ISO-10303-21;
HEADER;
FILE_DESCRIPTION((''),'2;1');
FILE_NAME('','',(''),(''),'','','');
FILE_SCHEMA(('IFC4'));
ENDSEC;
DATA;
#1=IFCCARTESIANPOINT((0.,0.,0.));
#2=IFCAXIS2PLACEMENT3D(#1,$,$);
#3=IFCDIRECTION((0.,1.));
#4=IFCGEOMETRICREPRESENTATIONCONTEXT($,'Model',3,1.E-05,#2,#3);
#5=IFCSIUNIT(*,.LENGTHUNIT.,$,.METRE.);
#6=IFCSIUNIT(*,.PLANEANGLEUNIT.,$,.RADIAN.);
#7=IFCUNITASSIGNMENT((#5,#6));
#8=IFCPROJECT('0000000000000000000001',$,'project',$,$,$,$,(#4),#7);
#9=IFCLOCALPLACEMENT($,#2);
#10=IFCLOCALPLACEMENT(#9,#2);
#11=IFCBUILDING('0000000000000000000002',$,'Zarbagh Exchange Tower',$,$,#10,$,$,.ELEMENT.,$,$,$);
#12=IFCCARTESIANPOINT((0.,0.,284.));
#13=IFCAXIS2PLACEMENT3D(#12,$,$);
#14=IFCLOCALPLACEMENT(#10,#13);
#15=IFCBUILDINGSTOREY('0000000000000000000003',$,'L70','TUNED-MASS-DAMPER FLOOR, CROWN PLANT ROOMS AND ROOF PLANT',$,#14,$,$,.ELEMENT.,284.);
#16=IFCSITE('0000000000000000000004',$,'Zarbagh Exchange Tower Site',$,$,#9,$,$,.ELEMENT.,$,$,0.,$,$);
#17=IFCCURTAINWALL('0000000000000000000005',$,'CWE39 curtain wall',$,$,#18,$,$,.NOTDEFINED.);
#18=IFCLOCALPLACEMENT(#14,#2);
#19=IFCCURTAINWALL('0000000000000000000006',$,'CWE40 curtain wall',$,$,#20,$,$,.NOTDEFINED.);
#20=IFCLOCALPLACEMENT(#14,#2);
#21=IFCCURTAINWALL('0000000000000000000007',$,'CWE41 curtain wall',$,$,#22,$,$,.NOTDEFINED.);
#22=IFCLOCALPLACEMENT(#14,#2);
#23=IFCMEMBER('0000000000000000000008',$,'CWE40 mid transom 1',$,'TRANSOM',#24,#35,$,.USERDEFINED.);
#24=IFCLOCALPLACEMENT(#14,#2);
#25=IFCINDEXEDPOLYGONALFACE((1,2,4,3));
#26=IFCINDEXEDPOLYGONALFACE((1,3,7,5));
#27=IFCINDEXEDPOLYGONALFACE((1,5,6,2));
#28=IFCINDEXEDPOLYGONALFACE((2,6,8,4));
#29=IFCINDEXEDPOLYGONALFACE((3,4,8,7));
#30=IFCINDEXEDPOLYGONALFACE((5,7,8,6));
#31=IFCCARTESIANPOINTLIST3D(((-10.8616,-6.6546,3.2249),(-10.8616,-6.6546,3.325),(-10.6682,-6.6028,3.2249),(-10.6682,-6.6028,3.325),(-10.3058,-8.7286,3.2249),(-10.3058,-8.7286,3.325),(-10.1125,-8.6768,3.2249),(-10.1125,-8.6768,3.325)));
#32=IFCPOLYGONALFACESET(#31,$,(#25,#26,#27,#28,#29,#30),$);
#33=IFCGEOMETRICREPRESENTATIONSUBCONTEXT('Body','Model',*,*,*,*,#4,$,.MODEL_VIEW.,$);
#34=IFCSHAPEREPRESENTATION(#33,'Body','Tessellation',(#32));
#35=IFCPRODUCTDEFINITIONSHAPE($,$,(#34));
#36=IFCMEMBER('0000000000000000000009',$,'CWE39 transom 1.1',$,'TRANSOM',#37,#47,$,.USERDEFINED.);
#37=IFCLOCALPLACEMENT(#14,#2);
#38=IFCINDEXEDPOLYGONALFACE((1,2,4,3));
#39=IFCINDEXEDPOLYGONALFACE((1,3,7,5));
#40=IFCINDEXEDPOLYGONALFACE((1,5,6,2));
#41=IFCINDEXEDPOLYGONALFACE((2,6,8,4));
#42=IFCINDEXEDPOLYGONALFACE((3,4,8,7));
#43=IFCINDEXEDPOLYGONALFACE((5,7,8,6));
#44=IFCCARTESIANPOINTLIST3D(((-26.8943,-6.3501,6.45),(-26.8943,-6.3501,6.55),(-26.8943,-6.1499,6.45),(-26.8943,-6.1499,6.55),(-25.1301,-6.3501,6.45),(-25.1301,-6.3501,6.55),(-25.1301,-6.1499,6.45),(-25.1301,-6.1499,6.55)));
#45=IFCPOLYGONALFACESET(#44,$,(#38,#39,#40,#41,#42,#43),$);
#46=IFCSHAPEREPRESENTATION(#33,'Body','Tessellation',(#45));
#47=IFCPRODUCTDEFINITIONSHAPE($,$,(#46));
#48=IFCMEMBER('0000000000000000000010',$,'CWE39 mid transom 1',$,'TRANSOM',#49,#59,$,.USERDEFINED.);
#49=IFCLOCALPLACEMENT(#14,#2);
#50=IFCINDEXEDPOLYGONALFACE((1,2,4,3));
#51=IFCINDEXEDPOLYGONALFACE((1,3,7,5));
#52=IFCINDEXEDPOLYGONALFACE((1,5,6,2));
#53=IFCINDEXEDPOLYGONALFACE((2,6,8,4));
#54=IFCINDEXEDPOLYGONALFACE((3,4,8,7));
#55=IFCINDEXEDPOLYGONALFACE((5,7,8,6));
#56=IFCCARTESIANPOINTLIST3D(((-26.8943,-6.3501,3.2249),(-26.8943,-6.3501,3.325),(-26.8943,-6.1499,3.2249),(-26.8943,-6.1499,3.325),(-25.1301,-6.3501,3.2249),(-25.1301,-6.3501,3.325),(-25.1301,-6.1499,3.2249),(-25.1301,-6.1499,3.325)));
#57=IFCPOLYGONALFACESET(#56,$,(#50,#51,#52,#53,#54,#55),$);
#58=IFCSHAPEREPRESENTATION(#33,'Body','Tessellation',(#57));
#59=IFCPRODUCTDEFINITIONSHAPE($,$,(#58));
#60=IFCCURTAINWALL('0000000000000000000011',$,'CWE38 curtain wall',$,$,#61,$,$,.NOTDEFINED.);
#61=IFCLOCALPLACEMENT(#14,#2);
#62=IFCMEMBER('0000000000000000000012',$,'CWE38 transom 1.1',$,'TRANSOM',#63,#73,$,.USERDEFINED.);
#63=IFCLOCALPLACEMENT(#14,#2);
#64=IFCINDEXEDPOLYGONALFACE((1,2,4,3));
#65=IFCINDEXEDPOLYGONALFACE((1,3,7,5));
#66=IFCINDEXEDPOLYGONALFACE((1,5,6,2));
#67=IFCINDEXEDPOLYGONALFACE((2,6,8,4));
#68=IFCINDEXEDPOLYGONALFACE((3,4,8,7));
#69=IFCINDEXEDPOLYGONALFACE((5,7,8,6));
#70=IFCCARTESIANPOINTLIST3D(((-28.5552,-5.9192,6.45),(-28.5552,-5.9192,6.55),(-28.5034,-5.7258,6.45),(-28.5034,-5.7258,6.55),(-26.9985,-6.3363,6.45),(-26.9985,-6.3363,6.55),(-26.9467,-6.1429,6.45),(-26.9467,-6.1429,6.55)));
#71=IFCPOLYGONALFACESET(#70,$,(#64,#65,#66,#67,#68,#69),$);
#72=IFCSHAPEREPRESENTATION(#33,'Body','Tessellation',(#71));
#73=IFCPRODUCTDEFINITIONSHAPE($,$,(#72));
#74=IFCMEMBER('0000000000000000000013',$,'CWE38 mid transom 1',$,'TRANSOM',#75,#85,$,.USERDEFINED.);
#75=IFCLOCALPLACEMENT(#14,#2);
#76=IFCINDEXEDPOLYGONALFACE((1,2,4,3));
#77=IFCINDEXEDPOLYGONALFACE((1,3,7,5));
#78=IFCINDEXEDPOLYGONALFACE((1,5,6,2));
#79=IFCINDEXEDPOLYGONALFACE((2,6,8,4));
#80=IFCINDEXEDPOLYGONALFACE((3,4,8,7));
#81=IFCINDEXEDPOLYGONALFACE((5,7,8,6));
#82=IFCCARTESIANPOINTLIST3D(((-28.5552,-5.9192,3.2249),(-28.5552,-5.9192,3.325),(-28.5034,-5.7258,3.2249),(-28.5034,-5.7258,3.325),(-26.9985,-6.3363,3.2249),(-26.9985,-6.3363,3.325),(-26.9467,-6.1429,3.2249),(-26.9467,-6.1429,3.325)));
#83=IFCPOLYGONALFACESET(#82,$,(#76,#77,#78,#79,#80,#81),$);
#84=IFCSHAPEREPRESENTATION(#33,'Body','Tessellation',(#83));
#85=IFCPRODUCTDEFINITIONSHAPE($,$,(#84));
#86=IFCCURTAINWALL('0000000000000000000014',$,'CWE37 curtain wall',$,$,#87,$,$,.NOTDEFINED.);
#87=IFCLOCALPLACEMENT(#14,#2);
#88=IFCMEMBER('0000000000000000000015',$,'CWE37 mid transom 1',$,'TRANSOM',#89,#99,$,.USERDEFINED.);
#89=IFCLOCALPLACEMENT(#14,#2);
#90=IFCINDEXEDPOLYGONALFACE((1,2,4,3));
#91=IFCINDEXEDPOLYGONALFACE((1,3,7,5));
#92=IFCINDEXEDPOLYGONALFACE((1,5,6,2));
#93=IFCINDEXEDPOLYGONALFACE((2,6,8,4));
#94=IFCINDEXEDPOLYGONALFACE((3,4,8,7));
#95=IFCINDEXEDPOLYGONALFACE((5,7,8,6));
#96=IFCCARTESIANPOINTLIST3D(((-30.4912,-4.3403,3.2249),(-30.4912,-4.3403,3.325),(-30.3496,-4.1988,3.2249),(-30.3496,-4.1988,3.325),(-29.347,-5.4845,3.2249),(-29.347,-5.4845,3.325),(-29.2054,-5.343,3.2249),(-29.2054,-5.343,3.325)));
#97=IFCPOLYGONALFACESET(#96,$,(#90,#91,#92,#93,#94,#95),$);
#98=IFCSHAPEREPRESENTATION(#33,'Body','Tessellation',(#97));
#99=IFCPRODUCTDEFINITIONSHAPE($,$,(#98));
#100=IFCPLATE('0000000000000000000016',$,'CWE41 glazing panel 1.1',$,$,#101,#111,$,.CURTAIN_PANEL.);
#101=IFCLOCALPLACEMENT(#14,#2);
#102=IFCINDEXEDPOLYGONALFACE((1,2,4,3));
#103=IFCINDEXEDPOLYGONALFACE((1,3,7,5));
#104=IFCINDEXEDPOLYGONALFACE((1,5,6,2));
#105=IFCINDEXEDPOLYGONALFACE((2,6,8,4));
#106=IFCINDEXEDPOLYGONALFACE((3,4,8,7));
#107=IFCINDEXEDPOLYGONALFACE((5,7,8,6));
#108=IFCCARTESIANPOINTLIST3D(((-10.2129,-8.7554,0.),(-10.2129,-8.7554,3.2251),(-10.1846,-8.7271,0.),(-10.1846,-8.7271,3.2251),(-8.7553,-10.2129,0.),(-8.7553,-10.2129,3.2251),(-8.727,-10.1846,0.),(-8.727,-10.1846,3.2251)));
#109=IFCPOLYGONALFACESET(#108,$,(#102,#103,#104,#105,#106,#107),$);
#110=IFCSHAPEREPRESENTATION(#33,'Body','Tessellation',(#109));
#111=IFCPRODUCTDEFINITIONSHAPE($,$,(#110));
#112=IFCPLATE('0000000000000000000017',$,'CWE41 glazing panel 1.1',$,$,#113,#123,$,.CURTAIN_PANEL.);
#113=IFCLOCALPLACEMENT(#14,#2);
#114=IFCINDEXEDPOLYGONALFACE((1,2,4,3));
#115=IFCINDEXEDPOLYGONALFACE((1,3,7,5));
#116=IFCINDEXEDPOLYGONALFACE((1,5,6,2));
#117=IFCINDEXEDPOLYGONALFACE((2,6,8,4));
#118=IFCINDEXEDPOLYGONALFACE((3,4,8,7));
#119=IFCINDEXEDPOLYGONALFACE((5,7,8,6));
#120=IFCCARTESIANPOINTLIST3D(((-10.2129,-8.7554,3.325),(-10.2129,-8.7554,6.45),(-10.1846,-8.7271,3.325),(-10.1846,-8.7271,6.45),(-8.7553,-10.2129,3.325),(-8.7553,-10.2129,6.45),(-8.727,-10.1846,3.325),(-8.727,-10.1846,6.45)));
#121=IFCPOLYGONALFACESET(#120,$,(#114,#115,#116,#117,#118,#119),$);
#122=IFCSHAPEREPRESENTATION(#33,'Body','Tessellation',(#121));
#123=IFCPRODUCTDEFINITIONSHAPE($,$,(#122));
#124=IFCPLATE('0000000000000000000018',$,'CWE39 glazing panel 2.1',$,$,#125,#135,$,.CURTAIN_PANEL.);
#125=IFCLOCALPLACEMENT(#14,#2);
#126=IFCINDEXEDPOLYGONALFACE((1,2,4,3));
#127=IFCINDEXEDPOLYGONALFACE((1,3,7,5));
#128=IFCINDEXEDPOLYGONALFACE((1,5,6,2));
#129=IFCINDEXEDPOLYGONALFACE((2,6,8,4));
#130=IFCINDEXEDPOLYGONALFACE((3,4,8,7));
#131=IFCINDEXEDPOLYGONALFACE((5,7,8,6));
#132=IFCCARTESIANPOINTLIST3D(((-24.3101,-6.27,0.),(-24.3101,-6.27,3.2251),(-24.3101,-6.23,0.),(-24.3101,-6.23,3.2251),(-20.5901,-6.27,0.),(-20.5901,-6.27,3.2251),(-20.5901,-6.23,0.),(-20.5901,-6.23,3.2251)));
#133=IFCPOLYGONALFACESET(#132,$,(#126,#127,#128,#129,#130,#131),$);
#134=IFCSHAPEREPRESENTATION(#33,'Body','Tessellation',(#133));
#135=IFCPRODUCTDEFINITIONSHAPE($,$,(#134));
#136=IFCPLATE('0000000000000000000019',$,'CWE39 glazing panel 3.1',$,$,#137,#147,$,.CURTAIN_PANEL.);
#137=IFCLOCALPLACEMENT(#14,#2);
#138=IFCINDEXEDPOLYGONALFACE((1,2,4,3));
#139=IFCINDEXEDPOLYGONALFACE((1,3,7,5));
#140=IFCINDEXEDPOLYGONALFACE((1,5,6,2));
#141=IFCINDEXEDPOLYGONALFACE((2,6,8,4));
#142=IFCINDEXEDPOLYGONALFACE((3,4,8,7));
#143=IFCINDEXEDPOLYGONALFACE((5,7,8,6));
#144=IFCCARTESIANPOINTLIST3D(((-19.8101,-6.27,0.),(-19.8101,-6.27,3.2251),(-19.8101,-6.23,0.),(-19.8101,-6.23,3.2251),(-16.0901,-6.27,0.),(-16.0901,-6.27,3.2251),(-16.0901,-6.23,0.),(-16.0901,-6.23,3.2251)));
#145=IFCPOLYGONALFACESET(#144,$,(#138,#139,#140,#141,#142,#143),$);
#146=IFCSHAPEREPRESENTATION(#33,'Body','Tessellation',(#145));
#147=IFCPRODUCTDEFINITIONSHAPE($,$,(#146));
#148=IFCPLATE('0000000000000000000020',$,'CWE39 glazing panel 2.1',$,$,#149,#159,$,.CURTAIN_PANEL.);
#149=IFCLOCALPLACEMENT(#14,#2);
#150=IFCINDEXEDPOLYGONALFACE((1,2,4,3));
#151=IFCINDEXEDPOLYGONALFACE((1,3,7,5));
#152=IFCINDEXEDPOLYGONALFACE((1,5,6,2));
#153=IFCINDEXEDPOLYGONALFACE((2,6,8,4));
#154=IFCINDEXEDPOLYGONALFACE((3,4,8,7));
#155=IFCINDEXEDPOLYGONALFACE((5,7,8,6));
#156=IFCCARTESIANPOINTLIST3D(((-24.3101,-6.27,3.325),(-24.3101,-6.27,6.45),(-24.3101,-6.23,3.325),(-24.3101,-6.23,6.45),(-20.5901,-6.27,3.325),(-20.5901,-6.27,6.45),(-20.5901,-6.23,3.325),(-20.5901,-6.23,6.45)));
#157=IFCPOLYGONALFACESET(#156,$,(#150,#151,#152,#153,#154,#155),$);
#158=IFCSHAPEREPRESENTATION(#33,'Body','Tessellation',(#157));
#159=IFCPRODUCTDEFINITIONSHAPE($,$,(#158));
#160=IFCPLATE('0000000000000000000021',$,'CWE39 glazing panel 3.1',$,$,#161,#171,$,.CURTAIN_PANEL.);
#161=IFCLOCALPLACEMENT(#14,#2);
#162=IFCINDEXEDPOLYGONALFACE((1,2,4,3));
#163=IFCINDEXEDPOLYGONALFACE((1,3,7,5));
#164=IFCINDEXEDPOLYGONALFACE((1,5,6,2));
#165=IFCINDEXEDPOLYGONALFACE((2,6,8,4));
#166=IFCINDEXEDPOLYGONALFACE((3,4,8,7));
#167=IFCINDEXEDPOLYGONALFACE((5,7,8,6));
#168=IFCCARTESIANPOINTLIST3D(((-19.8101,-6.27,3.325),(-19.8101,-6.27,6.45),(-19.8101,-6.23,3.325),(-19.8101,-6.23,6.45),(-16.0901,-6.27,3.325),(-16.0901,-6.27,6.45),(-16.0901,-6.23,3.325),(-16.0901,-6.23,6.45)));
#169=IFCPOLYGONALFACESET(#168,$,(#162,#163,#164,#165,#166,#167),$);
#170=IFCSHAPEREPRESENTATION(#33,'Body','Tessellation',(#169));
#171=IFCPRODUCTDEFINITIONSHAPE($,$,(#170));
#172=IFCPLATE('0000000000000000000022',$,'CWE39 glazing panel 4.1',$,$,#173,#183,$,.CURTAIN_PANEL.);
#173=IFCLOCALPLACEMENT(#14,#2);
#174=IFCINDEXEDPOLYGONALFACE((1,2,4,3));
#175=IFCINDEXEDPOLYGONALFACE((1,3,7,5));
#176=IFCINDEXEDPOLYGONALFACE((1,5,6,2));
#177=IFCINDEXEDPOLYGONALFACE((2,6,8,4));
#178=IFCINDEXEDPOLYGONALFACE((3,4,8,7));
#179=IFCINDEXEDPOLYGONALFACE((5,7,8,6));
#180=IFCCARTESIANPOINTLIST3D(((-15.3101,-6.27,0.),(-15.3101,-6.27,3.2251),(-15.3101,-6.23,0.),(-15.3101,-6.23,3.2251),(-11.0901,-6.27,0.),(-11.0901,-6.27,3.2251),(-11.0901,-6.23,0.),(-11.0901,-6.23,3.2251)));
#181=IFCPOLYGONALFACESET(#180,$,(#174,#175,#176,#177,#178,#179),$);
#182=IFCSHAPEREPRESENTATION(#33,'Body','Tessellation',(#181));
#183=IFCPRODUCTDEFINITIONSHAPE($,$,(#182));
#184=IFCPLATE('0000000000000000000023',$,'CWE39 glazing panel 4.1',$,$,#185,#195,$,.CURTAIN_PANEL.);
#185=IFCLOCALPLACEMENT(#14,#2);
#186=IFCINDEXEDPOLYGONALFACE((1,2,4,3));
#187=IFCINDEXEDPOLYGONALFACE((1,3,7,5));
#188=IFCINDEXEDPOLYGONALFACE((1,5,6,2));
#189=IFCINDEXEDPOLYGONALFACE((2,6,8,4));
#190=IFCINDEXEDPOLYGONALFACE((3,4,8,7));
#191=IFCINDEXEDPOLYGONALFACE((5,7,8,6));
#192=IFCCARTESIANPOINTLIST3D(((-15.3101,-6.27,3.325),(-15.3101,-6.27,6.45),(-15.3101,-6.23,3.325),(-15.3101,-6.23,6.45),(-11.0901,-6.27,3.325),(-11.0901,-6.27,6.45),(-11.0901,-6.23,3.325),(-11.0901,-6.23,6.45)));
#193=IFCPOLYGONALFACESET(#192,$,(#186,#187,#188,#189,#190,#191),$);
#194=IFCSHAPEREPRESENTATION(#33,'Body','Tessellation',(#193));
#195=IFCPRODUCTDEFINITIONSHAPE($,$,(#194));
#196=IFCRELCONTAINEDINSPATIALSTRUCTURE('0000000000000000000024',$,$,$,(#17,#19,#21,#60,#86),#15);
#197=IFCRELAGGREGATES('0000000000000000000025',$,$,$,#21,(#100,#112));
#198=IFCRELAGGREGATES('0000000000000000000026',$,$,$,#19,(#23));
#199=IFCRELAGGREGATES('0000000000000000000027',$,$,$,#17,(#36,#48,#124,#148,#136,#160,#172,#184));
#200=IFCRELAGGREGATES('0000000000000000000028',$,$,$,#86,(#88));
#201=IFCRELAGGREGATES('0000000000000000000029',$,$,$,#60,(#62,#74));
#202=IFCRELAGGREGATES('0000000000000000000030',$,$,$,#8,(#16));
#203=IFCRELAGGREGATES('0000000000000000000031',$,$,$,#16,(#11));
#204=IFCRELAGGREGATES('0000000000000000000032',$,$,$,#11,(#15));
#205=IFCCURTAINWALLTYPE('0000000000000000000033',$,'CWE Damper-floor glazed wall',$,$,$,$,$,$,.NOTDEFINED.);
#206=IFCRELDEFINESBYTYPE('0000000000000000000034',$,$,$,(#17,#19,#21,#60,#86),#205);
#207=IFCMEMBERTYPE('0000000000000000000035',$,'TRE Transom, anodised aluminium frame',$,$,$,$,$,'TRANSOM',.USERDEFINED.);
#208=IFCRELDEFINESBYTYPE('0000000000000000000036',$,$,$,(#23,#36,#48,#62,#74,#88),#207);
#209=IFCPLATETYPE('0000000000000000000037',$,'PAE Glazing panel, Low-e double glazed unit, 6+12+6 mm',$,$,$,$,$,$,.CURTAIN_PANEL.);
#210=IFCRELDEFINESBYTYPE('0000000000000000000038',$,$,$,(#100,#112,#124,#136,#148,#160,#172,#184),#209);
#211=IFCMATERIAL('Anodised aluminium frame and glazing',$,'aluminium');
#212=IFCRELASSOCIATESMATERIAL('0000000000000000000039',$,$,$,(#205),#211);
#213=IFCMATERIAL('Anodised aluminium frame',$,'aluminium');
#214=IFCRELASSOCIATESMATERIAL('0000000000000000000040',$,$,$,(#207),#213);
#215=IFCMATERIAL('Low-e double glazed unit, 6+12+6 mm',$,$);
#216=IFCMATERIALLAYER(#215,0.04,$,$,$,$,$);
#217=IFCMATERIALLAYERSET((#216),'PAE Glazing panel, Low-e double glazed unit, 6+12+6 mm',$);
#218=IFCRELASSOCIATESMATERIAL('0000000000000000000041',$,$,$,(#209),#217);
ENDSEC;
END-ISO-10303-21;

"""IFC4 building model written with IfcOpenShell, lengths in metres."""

from ifc_helpers import new_model, si_unit, direction, frame, origin, place, context, subcontext, project, spatial, polyline, outline, extrude, source, transform, mapped, material, layer, layer_set, type_object, element, aggregate, save


model = new_model("IFC4")

# Units and contexts
model_context = context("Model", 3, precision=1e-05, world=origin(), true_north=direction((0.0, 1.0)))
body_context = subcontext(model_context, "Body", "Model", "MODEL_VIEW")
ifc_project = project(units=[si_unit("LENGTHUNIT", "METRE"), si_unit("PLANEANGLEUNIT", "RADIAN")], contexts=[model_context])

# Site, building, storey
site_placement = place(None, origin())
site = spatial("IfcSite", under=ifc_project, at=site_placement, Name="Zarbagh Exchange Tower Site", CompositionType="ELEMENT", RefElevation=0.0)
building_placement = place(site_placement, origin())
building = spatial("IfcBuilding", under=site, at=building_placement, Name="Zarbagh Exchange Tower", CompositionType="ELEMENT")
storey_placement = place(building_placement, frame((0.0, 0.0, 284.0)))
storey = spatial("IfcBuildingStorey", under=building, at=storey_placement, Name="L70", Description="TUNED-MASS-DAMPER FLOOR, CROWN PLANT ROOMS AND ROOF PLANT", CompositionType="ELEMENT", Elevation=284.0)

# Curtain wall
ifc_material_1 = material(Name="Anodised aluminium frame and glazing", Category="aluminium")
curtain_wall_type = type_object("IfcCurtainWallType", Name="CWE Damper-floor glazed wall", PredefinedType="NOTDEFINED", material=ifc_material_1)
curtain_wall_1_placement = place(storey_placement, origin())
curtain_wall_1 = element("IfcCurtainWall", 1, at=curtain_wall_1_placement, inside=storey, type_object=curtain_wall_type, Name="CWE39 curtain wall", PredefinedType="NOTDEFINED")
ifc_material_2 = material(Name="Anodised aluminium frame", Category="aluminium")
placement = place(storey_placement, origin())

# Curtain wall
curtain_wall_2_placement = place(storey_placement, origin())
curtain_wall_2 = element("IfcCurtainWall", 2, at=curtain_wall_2_placement, inside=storey, type_object=curtain_wall_type, Name="CWE40 curtain wall", PredefinedType="NOTDEFINED")

# Curtain wall
curtain_wall_3_placement = place(storey_placement, origin())
curtain_wall_3 = element("IfcCurtainWall", 3, at=curtain_wall_3_placement, inside=storey, type_object=curtain_wall_type, Name="CWE41 curtain wall", PredefinedType="NOTDEFINED")
member_type_1 = type_object("IfcMemberType", Name="TRE Transom, anodised aluminium frame", ElementType="TRANSOM", PredefinedType="USERDEFINED", material=ifc_material_2)

# Members
shared_shape_1 = source(origin(), body_context, "Body", "SweptSolid", [
    extrude(outline(polyline([(-0.05, -0.1001), (0.05, -0.1001), (0.05, 0.1001), (-0.05, 0.1001), (-0.05, -0.1001)])), origin(), (0.0, 0.0, 1.0), 2.1472),
])
member_1 = element("IfcMember", 4, at=placement, type_object=member_type_1, Name="CWE40 mid transom 1", ObjectType="TRANSOM", PredefinedType="USERDEFINED", context=body_context, shape_type="MappedRepresentation", body=[
    mapped(shared_shape_1, transform((-10.7649, -6.6287, 3.2749), x_axis=(0.0, 0.0, 1.0), y_axis=(-0.965924, -0.258825, 0.0), z_axis=(0.258825, -0.965924, 0.0))),
])
shared_shape_2 = source(origin(), body_context, "Body", "SweptSolid", [
    extrude(outline(polyline([(-0.1001, -0.1001), (0.0, -0.1001), (0.0, 0.1001), (-0.1001, 0.1001), (-0.1001, -0.1001)])), origin(), (0.0, 0.0, 1.0), 1.7642),
])
member_2 = element("IfcMember", 5, at=placement, type_object=member_type_1, Name="CWE39 transom 1.1", ObjectType="TRANSOM", PredefinedType="USERDEFINED", context=body_context, shape_type="MappedRepresentation", body=[
    mapped(shared_shape_2, transform((-26.8943, -6.25, 6.55), x_axis=(0.0, 0.0, 1.0), y_axis=(0.0, -1.0, 0.0), z_axis=(1.0, 0.0, 0.0))),
])
shared_shape_3 = source(origin(), body_context, "Body", "SweptSolid", [
    extrude(outline(polyline([(-0.05, -0.1001), (0.05, -0.1001), (0.05, 0.1001), (-0.05, 0.1001), (-0.05, -0.1001)])), origin(), (0.0, 0.0, 1.0), 1.7642),
])
member_3 = element("IfcMember", 6, at=placement, type_object=member_type_1, Name="CWE39 mid transom 1", ObjectType="TRANSOM", PredefinedType="USERDEFINED", context=body_context, shape_type="MappedRepresentation", body=[
    mapped(shared_shape_3, transform((-26.8943, -6.25, 3.2749), x_axis=(0.0, 0.0, 1.0), y_axis=(0.0, -1.0, 0.0), z_axis=(1.0, 0.0, 0.0))),
])

# Curtain wall, members
curtain_wall_4_placement = place(storey_placement, origin())
curtain_wall_4 = element("IfcCurtainWall", 7, at=curtain_wall_4_placement, inside=storey, type_object=curtain_wall_type, Name="CWE38 curtain wall", PredefinedType="NOTDEFINED")
shared_shape_4 = source(origin(), body_context, "Body", "SweptSolid", [
    extrude(outline(polyline([(-0.1001, -0.1001), (0.0, -0.1001), (0.0, 0.1001), (-0.1001, 0.1001), (-0.1001, -0.1001)])), origin(), (0.0, 0.0, 1.0), 1.6116),
])
member_4 = element("IfcMember", 8, at=placement, type_object=member_type_1, Name="CWE38 transom 1.1", ObjectType="TRANSOM", PredefinedType="USERDEFINED", context=body_context, shape_type="MappedRepresentation", body=[
    mapped(shared_shape_4, transform((-28.5293, -5.8225, 6.55), x_axis=(0.0, 0.0, 1.0), y_axis=(-0.258825, -0.965924, 0.0), z_axis=(0.965924, -0.258825, 0.0))),
])
shared_shape_5 = source(origin(), body_context, "Body", "SweptSolid", [
    extrude(outline(polyline([(-0.05, -0.1001), (0.05, -0.1001), (0.05, 0.1001), (-0.05, 0.1001), (-0.05, -0.1001)])), origin(), (0.0, 0.0, 1.0), 1.6116),
])
member_5 = element("IfcMember", 9, at=placement, type_object=member_type_1, Name="CWE38 mid transom 1", ObjectType="TRANSOM", PredefinedType="USERDEFINED", context=body_context, shape_type="MappedRepresentation", body=[
    mapped(shared_shape_5, transform((-28.5293, -5.8225, 3.2749), x_axis=(0.0, 0.0, 1.0), y_axis=(-0.258825, -0.965924, 0.0), z_axis=(0.965924, -0.258825, 0.0))),
])

# Curtain wall, member
curtain_wall_5_placement = place(storey_placement, origin())
curtain_wall_5 = element("IfcCurtainWall", 10, at=curtain_wall_5_placement, inside=storey, type_object=curtain_wall_type, Name="CWE37 curtain wall", PredefinedType="NOTDEFINED")
shared_shape_6 = source(origin(), body_context, "Body", "SweptSolid", [
    extrude(outline(polyline([(-0.05, -0.1001), (0.05, -0.1001), (0.05, 0.1001), (-0.05, 0.1001), (-0.05, -0.1001)])), origin(), (0.0, 0.0, 1.0), 1.6182),
])
member_6 = element("IfcMember", 11, at=placement, type_object=member_type_1, Name="CWE37 mid transom 1", ObjectType="TRANSOM", PredefinedType="USERDEFINED", context=body_context, shape_type="MappedRepresentation", body=[
    mapped(shared_shape_6, transform((-30.4204, -4.2695, 3.2749), x_axis=(0.0, 0.0, 1.0), y_axis=(-0.707107, -0.707107, 0.0), z_axis=(0.707107, -0.707107, 0.0))),
])

# Plates
ifc_material_3 = material(Name="Low-e double glazed unit, 6+12+6 mm")
ifc_layer = layer(ifc_material_3, 0.04)
ifc_layer_set = layer_set([ifc_layer], Name="PAE Glazing panel, Low-e double glazed unit, 6+12+6 mm")
plate_type = type_object("IfcPlateType", Name="PAE Glazing panel, Low-e double glazed unit, 6+12+6 mm", PredefinedType="CURTAIN_PANEL", material=ifc_layer_set)
shared_shape_7 = source(origin(), body_context, "Body", "SweptSolid", [
    extrude(outline(polyline([(0.0, -0.02), (2.0613, -0.02), (2.0613, 0.02), (0.0, 0.02), (0.0, -0.02)])), origin(), (0.0, 0.0, 1.0), 3.2251),
])
plate_1 = element("IfcPlate", 12, at=placement, type_object=plate_type, Name="CWE41 glazing panel 1.1", PredefinedType="CURTAIN_PANEL", context=body_context, shape_type="MappedRepresentation", body=[
    mapped(shared_shape_7, transform((-10.1987, -8.7412, 0.0), x_axis=(0.707107, -0.707107, 0.0), y_axis=(0.707107, 0.707107, 0.0), z_axis=(0.0, 0.0, 1.0))),
])
shared_shape_8 = source(origin(), body_context, "Body", "SweptSolid", [
    extrude(outline(polyline([(0.0, -0.02), (2.0613, -0.02), (2.0613, 0.02), (0.0, 0.02), (0.0, -0.02)])), origin(), (0.0, 0.0, 1.0), 3.125),
])
plate_2 = element("IfcPlate", 13, at=placement, type_object=plate_type, Name="CWE41 glazing panel 1.1", PredefinedType="CURTAIN_PANEL", context=body_context, shape_type="MappedRepresentation", body=[
    mapped(shared_shape_8, transform((-10.1987, -8.7412, 3.325), x_axis=(0.707107, -0.707107, 0.0), y_axis=(0.707107, 0.707107, 0.0), z_axis=(0.0, 0.0, 1.0))),
])
aggregate(curtain_wall_3, [plate_1, plate_2])
shared_shape_9 = source(origin(), body_context, "Body", "SweptSolid", [
    extrude(outline(polyline([(0.0, -0.02), (3.72, -0.02), (3.72, 0.02), (0.0, 0.02), (0.0, -0.02)])), origin(), (0.0, 0.0, 1.0), 3.2251),
])
plate_3 = element("IfcPlate", 14, at=placement, type_object=plate_type, Name="CWE39 glazing panel 2.1", PredefinedType="CURTAIN_PANEL", context=body_context, shape_type="MappedRepresentation", body=[
    mapped(shared_shape_9, transform((-24.3101, -6.25, 0.0), x_axis=(1.0, 0.0, 0.0), y_axis=(0.0, 1.0, 0.0), z_axis=(0.0, 0.0, 1.0))),
])
plate_4 = element("IfcPlate", 15, at=placement, type_object=plate_type, Name="CWE39 glazing panel 3.1", PredefinedType="CURTAIN_PANEL", context=body_context, shape_type="MappedRepresentation", body=[
    mapped(shared_shape_9, transform((-19.8101, -6.25, 0.0), x_axis=(1.0, 0.0, 0.0), y_axis=(0.0, 1.0, 0.0), z_axis=(0.0, 0.0, 1.0))),
])
shared_shape_10 = source(origin(), body_context, "Body", "SweptSolid", [
    extrude(outline(polyline([(0.0, -0.02), (3.72, -0.02), (3.72, 0.02), (0.0, 0.02), (0.0, -0.02)])), origin(), (0.0, 0.0, 1.0), 3.125),
])
plate_5 = element("IfcPlate", 16, at=placement, type_object=plate_type, Name="CWE39 glazing panel 2.1", PredefinedType="CURTAIN_PANEL", context=body_context, shape_type="MappedRepresentation", body=[
    mapped(shared_shape_10, transform((-24.3101, -6.25, 3.325), x_axis=(1.0, 0.0, 0.0), y_axis=(0.0, 1.0, 0.0), z_axis=(0.0, 0.0, 1.0))),
])
plate_6 = element("IfcPlate", 17, at=placement, type_object=plate_type, Name="CWE39 glazing panel 3.1", PredefinedType="CURTAIN_PANEL", context=body_context, shape_type="MappedRepresentation", body=[
    mapped(shared_shape_10, transform((-19.8101, -6.25, 3.325), x_axis=(1.0, 0.0, 0.0), y_axis=(0.0, 1.0, 0.0), z_axis=(0.0, 0.0, 1.0))),
])
shared_shape_11 = source(origin(), body_context, "Body", "SweptSolid", [
    extrude(outline(polyline([(0.0, -0.02), (4.22, -0.02), (4.22, 0.02), (0.0, 0.02), (0.0, -0.02)])), origin(), (0.0, 0.0, 1.0), 3.2251),
])
plate_7 = element("IfcPlate", 18, at=placement, type_object=plate_type, Name="CWE39 glazing panel 4.1", PredefinedType="CURTAIN_PANEL", context=body_context, shape_type="MappedRepresentation", body=[
    mapped(shared_shape_11, transform((-15.3101, -6.25, 0.0), x_axis=(1.0, 0.0, 0.0), y_axis=(0.0, 1.0, 0.0), z_axis=(0.0, 0.0, 1.0))),
])
shared_shape_12 = source(origin(), body_context, "Body", "SweptSolid", [
    extrude(outline(polyline([(0.0, -0.02), (4.22, -0.02), (4.22, 0.02), (0.0, 0.02), (0.0, -0.02)])), origin(), (0.0, 0.0, 1.0), 3.125),
])
plate_8 = element("IfcPlate", 19, at=placement, type_object=plate_type, Name="CWE39 glazing panel 4.1", PredefinedType="CURTAIN_PANEL", context=body_context, shape_type="MappedRepresentation", body=[
    mapped(shared_shape_12, transform((-15.3101, -6.25, 3.325), x_axis=(1.0, 0.0, 0.0), y_axis=(0.0, 1.0, 0.0), z_axis=(0.0, 0.0, 1.0))),
])
aggregate(curtain_wall_2, [member_1])
aggregate(curtain_wall_1, [member_2, member_3, plate_3, plate_5, plate_4, plate_6, plate_7, plate_8])
aggregate(curtain_wall_5, [member_6])
aggregate(curtain_wall_4, [member_4, member_5])

save(model, "model.ifc")
